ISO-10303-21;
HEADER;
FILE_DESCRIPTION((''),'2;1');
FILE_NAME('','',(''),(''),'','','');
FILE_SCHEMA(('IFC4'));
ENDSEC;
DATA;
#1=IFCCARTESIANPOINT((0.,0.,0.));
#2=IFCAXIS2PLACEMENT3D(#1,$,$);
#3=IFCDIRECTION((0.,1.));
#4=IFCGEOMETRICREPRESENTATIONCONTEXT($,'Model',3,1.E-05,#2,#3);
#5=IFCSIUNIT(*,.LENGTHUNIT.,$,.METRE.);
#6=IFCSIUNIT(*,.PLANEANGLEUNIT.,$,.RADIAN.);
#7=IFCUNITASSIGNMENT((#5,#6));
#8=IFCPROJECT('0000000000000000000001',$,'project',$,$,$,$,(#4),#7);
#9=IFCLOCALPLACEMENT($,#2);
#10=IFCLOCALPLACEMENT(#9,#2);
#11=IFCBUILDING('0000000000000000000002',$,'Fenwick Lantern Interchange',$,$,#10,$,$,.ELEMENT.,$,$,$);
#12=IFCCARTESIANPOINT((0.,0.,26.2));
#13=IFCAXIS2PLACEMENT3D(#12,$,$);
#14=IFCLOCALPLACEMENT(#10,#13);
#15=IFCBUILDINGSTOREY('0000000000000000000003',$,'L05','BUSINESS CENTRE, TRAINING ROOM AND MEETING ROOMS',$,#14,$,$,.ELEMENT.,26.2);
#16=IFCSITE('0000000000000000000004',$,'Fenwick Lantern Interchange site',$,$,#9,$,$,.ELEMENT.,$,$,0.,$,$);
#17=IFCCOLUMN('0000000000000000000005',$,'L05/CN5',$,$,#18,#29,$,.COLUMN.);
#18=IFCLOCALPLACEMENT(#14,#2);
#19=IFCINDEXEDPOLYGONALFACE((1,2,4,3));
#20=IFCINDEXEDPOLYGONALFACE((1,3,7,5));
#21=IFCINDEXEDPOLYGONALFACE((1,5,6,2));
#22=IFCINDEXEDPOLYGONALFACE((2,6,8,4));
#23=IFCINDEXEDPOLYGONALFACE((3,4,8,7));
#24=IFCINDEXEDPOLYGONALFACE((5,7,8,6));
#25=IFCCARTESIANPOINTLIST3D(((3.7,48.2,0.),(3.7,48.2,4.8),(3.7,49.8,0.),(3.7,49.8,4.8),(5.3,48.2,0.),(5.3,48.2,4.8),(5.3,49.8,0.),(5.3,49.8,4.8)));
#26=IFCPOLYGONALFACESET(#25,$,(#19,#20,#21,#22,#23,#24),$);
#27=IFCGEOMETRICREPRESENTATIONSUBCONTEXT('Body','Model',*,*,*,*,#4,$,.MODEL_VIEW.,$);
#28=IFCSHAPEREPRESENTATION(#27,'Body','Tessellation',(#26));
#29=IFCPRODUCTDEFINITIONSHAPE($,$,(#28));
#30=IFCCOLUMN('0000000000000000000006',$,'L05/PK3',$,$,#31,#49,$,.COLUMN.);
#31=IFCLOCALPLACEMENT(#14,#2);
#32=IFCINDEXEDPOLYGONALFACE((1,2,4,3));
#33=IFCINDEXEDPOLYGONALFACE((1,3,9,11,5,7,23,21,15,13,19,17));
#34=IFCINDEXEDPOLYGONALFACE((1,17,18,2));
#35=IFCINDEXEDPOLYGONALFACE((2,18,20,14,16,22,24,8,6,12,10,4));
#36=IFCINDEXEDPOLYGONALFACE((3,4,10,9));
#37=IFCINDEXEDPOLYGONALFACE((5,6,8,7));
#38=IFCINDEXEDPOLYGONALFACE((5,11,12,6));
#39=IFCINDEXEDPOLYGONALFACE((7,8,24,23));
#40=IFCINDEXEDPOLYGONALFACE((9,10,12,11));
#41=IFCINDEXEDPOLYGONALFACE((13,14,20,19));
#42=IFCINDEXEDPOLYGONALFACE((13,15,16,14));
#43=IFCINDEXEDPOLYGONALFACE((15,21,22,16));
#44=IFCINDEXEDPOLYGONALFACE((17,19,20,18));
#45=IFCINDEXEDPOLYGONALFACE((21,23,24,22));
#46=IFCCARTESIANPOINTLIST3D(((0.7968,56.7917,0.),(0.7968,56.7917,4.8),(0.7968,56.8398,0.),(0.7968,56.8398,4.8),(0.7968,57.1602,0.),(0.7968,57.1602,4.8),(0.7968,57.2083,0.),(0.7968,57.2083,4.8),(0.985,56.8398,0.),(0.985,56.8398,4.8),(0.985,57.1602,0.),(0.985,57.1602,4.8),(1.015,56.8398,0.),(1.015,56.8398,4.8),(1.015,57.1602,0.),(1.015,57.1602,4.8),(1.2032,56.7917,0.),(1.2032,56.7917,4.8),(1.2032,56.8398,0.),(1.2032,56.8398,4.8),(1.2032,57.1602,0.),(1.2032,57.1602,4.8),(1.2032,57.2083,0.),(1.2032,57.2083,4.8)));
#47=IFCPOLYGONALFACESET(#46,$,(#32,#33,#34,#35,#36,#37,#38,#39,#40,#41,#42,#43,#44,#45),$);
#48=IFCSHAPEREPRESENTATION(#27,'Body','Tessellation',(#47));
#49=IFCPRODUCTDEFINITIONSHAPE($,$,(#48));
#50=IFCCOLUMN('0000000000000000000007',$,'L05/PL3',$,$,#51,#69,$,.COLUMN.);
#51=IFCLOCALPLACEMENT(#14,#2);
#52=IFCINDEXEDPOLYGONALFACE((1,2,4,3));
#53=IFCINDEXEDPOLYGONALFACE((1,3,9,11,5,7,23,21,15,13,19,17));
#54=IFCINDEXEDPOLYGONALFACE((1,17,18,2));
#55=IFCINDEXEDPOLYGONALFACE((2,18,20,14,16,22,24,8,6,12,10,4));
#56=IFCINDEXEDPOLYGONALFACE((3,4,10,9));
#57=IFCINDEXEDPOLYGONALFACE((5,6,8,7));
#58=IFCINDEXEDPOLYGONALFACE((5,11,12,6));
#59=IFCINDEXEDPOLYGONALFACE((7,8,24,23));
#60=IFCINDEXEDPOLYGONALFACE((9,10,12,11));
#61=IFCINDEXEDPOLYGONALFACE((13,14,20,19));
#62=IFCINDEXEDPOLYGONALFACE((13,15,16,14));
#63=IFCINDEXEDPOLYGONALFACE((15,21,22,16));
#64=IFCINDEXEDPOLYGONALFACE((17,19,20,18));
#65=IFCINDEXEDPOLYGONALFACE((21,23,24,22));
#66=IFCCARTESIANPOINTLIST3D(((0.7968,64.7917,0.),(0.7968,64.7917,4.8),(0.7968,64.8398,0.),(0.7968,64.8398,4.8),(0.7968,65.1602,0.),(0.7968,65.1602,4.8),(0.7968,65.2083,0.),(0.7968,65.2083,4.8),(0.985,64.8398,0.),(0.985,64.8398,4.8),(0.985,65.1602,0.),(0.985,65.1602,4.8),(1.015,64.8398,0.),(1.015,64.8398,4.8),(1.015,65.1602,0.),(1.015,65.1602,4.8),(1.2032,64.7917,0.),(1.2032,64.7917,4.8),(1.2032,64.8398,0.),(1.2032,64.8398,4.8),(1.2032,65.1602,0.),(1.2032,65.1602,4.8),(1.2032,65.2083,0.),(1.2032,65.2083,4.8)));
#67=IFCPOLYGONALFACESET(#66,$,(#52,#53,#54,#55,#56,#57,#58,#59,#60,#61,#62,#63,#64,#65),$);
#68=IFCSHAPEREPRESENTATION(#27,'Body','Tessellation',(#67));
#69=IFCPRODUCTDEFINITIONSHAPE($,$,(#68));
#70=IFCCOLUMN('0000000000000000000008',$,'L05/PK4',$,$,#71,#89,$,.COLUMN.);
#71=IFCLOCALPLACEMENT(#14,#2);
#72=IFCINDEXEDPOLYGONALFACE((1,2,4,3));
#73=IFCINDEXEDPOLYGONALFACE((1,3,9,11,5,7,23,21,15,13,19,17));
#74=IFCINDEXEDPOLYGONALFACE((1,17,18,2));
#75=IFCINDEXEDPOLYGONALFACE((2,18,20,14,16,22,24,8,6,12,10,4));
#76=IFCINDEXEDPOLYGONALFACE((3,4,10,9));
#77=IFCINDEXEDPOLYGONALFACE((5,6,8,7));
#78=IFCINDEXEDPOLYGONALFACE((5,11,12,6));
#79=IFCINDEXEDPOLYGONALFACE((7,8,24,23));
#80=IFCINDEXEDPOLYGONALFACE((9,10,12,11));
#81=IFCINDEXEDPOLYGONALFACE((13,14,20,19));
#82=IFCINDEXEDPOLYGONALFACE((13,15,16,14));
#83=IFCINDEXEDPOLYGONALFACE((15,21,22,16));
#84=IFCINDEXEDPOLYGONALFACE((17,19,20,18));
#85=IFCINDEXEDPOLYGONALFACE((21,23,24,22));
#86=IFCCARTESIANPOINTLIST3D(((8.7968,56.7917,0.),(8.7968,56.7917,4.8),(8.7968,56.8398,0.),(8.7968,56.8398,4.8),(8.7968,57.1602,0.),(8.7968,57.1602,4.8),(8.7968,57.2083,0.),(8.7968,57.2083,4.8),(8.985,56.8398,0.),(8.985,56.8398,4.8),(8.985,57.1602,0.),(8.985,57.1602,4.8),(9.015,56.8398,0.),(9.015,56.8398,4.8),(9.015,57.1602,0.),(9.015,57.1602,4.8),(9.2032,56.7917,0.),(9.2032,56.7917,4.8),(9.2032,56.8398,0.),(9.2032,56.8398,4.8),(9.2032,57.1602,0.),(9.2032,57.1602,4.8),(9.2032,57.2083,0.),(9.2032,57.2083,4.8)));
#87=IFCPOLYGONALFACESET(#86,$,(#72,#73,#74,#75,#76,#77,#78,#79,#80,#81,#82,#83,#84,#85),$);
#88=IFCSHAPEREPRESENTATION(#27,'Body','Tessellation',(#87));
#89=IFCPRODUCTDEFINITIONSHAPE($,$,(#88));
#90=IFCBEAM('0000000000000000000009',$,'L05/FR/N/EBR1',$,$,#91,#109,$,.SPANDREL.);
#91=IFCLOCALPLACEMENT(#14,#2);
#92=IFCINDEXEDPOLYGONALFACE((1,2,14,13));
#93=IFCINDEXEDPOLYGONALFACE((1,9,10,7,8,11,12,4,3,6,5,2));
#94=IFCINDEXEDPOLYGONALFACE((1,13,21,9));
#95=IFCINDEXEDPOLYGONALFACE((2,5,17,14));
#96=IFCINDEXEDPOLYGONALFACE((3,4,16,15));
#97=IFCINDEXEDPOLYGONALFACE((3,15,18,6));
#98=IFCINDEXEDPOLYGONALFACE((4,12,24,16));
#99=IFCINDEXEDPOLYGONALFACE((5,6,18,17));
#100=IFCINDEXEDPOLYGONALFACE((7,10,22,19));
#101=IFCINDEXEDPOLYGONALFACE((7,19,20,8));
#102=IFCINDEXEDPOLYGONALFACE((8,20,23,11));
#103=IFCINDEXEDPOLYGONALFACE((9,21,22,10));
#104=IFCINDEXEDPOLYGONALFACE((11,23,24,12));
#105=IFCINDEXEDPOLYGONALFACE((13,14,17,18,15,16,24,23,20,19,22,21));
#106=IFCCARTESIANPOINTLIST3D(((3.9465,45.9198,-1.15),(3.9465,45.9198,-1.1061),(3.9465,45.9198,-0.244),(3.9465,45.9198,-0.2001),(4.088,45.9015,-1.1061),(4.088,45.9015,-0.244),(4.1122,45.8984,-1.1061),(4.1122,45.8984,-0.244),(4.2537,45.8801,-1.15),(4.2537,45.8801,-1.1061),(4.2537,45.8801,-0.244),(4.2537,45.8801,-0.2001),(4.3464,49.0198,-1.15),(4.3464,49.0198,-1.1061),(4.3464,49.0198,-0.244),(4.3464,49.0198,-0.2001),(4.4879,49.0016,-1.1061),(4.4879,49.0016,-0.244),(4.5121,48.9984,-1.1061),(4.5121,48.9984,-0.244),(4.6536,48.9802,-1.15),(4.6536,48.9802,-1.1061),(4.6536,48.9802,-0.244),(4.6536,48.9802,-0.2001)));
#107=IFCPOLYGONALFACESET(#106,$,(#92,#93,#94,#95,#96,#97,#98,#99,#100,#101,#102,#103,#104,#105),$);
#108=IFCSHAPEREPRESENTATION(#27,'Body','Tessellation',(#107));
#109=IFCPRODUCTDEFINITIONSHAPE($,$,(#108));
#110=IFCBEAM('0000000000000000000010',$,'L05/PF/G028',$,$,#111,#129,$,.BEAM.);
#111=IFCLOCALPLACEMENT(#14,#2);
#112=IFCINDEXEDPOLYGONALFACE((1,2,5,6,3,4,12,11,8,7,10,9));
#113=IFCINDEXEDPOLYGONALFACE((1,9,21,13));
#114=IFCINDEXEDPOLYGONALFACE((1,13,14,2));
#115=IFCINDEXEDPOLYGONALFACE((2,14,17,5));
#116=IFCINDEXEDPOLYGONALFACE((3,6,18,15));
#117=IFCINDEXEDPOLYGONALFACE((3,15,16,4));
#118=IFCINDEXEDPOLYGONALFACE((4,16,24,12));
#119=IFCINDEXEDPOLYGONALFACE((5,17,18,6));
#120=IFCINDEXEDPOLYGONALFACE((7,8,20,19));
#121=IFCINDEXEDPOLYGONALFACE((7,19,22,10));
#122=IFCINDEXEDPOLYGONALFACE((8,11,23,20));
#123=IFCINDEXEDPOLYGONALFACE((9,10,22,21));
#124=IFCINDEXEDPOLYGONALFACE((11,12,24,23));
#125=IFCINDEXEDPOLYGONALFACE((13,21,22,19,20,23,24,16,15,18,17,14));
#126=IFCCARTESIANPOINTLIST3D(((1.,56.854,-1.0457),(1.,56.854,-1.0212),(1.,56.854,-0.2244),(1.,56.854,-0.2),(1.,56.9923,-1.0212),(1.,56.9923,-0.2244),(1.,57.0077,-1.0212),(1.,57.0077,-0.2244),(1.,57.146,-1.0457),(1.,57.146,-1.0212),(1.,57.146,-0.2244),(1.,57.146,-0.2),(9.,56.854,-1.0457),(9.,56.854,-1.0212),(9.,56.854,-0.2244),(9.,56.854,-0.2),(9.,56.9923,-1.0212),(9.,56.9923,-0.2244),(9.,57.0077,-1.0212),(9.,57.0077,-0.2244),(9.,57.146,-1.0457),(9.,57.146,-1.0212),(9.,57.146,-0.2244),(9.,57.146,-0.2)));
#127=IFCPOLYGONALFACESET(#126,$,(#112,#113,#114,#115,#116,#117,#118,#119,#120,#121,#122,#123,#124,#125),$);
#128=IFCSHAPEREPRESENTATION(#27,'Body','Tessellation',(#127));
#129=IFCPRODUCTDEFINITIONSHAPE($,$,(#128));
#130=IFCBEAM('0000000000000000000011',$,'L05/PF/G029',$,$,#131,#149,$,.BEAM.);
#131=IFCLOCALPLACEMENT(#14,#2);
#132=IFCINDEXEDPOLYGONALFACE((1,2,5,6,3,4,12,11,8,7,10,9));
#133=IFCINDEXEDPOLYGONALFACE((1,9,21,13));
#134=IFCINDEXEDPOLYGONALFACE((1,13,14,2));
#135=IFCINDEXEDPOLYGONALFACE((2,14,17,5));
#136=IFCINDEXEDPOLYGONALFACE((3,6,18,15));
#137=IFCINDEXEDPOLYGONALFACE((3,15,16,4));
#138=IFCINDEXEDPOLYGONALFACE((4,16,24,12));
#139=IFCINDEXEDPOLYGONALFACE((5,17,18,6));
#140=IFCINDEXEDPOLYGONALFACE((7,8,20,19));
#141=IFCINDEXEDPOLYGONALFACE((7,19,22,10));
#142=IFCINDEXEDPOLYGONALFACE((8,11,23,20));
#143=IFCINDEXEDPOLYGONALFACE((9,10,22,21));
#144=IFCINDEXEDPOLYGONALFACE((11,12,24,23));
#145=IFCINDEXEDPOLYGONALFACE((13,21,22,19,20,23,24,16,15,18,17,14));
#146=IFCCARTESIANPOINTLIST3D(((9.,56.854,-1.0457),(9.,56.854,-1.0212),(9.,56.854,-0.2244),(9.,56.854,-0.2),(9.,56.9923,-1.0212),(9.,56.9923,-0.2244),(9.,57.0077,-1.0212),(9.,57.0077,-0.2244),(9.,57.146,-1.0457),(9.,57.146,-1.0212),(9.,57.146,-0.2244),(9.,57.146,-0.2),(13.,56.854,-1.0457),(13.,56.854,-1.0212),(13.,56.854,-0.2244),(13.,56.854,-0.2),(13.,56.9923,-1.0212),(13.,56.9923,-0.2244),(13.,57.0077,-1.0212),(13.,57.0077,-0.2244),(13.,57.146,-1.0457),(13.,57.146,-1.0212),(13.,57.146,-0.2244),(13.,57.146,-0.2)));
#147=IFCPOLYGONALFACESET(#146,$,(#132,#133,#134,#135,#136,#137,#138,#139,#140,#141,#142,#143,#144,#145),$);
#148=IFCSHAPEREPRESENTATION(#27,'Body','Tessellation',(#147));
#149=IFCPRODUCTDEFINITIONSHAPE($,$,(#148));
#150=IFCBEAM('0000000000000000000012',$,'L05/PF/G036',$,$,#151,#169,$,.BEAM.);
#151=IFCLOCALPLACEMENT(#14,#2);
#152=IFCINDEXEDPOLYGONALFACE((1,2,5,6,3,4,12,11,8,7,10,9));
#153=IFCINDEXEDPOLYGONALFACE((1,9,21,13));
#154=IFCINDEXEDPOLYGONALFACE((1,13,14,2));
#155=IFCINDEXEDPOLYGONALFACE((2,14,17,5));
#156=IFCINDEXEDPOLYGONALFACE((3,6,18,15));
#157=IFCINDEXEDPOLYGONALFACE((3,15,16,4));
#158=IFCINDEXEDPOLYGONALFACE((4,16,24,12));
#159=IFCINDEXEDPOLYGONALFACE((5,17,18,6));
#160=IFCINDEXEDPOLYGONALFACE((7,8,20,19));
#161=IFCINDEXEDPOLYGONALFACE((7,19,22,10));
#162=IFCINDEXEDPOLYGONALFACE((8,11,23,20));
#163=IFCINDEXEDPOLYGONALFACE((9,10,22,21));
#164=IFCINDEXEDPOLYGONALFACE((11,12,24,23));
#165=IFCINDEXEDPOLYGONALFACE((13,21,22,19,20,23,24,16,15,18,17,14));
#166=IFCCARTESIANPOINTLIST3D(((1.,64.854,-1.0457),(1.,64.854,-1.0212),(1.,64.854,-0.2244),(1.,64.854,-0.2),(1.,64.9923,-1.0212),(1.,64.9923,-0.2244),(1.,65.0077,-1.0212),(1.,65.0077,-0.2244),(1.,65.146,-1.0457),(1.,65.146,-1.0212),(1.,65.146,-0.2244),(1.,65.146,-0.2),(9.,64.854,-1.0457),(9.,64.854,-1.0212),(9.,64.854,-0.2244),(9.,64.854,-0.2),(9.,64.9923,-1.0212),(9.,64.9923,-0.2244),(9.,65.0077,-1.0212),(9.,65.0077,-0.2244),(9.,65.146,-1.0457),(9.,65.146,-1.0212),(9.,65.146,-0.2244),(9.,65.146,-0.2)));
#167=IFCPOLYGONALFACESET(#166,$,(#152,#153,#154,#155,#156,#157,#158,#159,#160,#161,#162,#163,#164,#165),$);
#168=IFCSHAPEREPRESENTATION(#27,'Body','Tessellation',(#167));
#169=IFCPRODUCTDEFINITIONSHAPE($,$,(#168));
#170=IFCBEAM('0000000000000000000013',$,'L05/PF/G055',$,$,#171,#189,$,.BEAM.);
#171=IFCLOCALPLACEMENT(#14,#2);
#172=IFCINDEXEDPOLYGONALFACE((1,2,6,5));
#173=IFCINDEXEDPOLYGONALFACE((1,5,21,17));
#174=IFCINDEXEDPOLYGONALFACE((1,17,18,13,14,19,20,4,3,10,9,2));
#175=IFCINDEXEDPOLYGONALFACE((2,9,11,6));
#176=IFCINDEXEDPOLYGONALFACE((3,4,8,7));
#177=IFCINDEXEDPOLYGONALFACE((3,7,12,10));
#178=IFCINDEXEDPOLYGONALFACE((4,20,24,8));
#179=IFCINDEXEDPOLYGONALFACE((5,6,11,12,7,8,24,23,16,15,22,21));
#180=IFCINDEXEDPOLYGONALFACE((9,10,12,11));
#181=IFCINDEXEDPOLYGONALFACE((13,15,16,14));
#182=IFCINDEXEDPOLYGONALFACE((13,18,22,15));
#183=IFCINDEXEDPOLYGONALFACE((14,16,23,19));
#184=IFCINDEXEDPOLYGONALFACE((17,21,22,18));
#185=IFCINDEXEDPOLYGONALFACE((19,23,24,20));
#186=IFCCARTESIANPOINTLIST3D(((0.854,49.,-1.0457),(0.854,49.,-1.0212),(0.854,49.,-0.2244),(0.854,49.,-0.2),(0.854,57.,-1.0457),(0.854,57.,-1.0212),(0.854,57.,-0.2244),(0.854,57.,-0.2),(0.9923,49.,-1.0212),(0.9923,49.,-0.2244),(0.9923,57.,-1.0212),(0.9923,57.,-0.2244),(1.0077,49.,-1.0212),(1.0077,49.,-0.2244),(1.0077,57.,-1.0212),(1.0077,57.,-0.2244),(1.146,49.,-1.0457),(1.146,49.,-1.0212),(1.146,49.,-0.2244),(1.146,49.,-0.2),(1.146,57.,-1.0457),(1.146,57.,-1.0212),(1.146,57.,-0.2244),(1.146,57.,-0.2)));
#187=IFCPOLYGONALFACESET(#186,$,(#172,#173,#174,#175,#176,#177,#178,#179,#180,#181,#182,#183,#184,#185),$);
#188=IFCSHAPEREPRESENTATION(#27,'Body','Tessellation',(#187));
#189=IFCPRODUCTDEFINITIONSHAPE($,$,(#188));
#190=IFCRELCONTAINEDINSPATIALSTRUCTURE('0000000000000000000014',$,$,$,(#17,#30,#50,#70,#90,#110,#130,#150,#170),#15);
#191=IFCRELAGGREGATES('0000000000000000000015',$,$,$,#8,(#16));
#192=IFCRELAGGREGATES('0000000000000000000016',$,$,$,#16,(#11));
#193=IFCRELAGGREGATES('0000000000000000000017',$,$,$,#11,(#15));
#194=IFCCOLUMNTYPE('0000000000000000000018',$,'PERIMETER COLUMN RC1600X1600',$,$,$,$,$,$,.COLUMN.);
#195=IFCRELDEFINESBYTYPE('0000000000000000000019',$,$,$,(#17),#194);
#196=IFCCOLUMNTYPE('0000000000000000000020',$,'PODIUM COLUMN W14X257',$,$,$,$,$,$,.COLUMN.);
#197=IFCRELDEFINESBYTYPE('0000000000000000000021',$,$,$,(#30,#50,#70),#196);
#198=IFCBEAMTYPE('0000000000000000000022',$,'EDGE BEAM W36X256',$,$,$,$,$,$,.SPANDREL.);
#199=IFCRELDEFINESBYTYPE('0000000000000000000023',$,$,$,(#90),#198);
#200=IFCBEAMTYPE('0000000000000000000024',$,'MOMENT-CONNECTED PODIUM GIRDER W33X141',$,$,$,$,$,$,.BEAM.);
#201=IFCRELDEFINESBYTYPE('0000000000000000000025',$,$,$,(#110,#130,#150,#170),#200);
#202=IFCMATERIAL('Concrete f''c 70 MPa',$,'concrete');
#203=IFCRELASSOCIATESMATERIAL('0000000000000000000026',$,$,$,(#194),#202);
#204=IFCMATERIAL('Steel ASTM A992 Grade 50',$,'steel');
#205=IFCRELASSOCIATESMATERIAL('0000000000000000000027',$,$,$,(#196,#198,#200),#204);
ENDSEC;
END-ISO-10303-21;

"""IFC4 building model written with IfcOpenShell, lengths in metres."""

from ifc_helpers import new_model, si_unit, direction, frame, origin, origin_2d, place, context, subcontext, project, spatial, rectangle, i_section, extrude, material, material_profile, profile_set, type_object, element, save


model = new_model("IFC4")

# Units and contexts
model_context = context("Model", 3, precision=1e-05, world=origin(), true_north=direction((0.0, 1.0)))
body_context = subcontext(model_context, "Body", "Model", "MODEL_VIEW")
ifc_project = project(units=[si_unit("LENGTHUNIT", "METRE"), si_unit("PLANEANGLEUNIT", "RADIAN")], contexts=[model_context])

# Site, building, storey
site_placement = place(None, origin())
site = spatial("IfcSite", under=ifc_project, at=site_placement, Name="Fenwick Lantern Interchange site", CompositionType="ELEMENT", RefElevation=0.0)
building_placement = place(site_placement, origin())
building = spatial("IfcBuilding", under=site, at=building_placement, Name="Fenwick Lantern Interchange", CompositionType="ELEMENT")
storey_placement = place(building_placement, frame((0.0, 0.0, 26.2)))
storey = spatial("IfcBuildingStorey", under=building, at=storey_placement, Name="L05", Description="BUSINESS CENTRE, TRAINING ROOM AND MEETING ROOMS", CompositionType="ELEMENT", Elevation=26.2)

# Columns
ifc_material_1 = material(Name="Concrete f'c 70 MPa", Category="concrete")
ifc_material_profile_1 = material_profile(ifc_material_1, rectangle(XDim=1.6001, YDim=1.6001, at=origin_2d()), Name="RC1600X1600")
ifc_profile_set_1 = profile_set([ifc_material_profile_1], Name="Concrete f'c 70 MPa")
column_type_1 = type_object("IfcColumnType", Name="PERIMETER COLUMN RC1600X1600", PredefinedType="COLUMN", material=ifc_profile_set_1)
column_placement = place(storey_placement, frame((4.5, 49.0, 0.0), z_axis=(0.0, 0.0, 1.0), x_axis=(1.0, 0.0, 0.0)))
element("IfcColumn", 1, at=column_placement, inside=storey, type_object=column_type_1, Name="L05/CN5", PredefinedType="COLUMN", context=body_context, shape_type="SweptSolid", body=[
    extrude(rectangle(XDim=1.6001, YDim=1.6001, at=origin_2d()), origin(), (0.0, 0.0, 1.0), 4.8),
])
ifc_material_2 = material(Name="Steel ASTM A992 Grade 50", Category="steel")
ifc_material_profile_2 = material_profile(ifc_material_2, i_section(OverallWidth=0.4065, OverallDepth=0.4165, WebThickness=0.03, FlangeThickness=0.0481, at=origin_2d()), Name="W14X257")
ifc_profile_set_2 = profile_set([ifc_material_profile_2], Name="Steel ASTM A992 Grade 50")
column_type_2 = type_object("IfcColumnType", Name="PODIUM COLUMN W14X257", PredefinedType="COLUMN", material=ifc_profile_set_2)
for number, where, z_axis, x_axis, name in (
    (2, (1.0, 57.0, 0.0), (0.0, 0.0, 1.0), (1.0, 0.0, 0.0), "L05/PK3"),
    (3, (1.0, 65.0, 0.0), (0.0, 0.0, 1.0), (1.0, 0.0, 0.0), "L05/PL3"),
    (4, (9.0, 57.0, 0.0), (0.0, 0.0, 1.0), (1.0, 0.0, 0.0), "L05/PK4"),
):
    element("IfcColumn", number, at=place(storey_placement, frame(where, z_axis=z_axis, x_axis=x_axis)), inside=storey, type_object=column_type_2, Name=name, PredefinedType="COLUMN", context=body_context, shape_type="SweptSolid", body=[
        extrude(i_section(OverallWidth=0.4065, OverallDepth=0.4165, WebThickness=0.03, FlangeThickness=0.0481, at=origin_2d()), origin(), (0.0, 0.0, 1.0), 4.8),
    ])

# Beams
ifc_material_profile_3 = material_profile(ifc_material_2, i_section(OverallWidth=0.3098, OverallDepth=0.95, WebThickness=0.0244, FlangeThickness=0.0439, at=origin_2d()), Name="W36X256")
ifc_profile_set_3 = profile_set([ifc_material_profile_3], Name="Steel ASTM A992 Grade 50")
beam_type_1 = type_object("IfcBeamType", Name="EDGE BEAM W36X256", PredefinedType="SPANDREL", material=ifc_profile_set_3)
beam_1_placement = place(storey_placement, frame((4.5, 49.0, -0.675), z_axis=(-0.127937, -0.991782, 0.0), x_axis=(0.991782, -0.127937, 0.0)))
element("IfcBeam", 5, at=beam_1_placement, inside=storey, type_object=beam_type_1, Name="L05/FR/N/EBR1", PredefinedType="SPANDREL", context=body_context, shape_type="SweptSolid", body=[
    extrude(i_section(OverallWidth=0.3098, OverallDepth=0.95, WebThickness=0.0244, FlangeThickness=0.0439, at=origin_2d()), origin(), (0.0, 0.0, 1.0), 3.1257),
])
ifc_material_profile_4 = material_profile(ifc_material_2, i_section(OverallWidth=0.292, OverallDepth=0.8457, WebThickness=0.0154, FlangeThickness=0.0244, at=origin_2d()), Name="W33X141")
ifc_profile_set_4 = profile_set([ifc_material_profile_4], Name="Steel ASTM A992 Grade 50")
beam_type_2 = type_object("IfcBeamType", Name="MOMENT-CONNECTED PODIUM GIRDER W33X141", PredefinedType="BEAM", material=ifc_profile_set_4)
beam_2_placement = place(storey_placement, frame((1.0, 57.0, -0.6228), z_axis=(1.0, 0.0, 0.0), x_axis=(0.0, 1.0, 0.0)))
element("IfcBeam", 6, at=beam_2_placement, inside=storey, type_object=beam_type_2, Name="L05/PF/G028", PredefinedType="BEAM", context=body_context, shape_type="SweptSolid", body=[
    extrude(i_section(OverallWidth=0.292, OverallDepth=0.8457, WebThickness=0.0154, FlangeThickness=0.0244, at=origin_2d()), origin(), (0.0, 0.0, 1.0), 8.0),
])
beam_3_placement = place(storey_placement, frame((9.0, 57.0, -0.6228), z_axis=(1.0, 0.0, 0.0), x_axis=(0.0, 1.0, 0.0)))
element("IfcBeam", 7, at=beam_3_placement, inside=storey, type_object=beam_type_2, Name="L05/PF/G029", PredefinedType="BEAM", context=body_context, shape_type="SweptSolid", body=[
    extrude(i_section(OverallWidth=0.292, OverallDepth=0.8457, WebThickness=0.0154, FlangeThickness=0.0244, at=origin_2d()), origin(), (0.0, 0.0, 1.0), 4.0),
])
for number, where, z_axis, x_axis, name in (
    (8, (1.0, 65.0, -0.6228), (1.0, 0.0, 0.0), (0.0, 1.0, 0.0), "L05/PF/G036"),
    (9, (1.0, 49.0, -0.6228), (0.0, 1.0, 0.0), (-1.0, 0.0, 0.0), "L05/PF/G055"),
):
    element("IfcBeam", number, at=place(storey_placement, frame(where, z_axis=z_axis, x_axis=x_axis)), inside=storey, type_object=beam_type_2, Name=name, PredefinedType="BEAM", context=body_context, shape_type="SweptSolid", body=[
        extrude(i_section(OverallWidth=0.292, OverallDepth=0.8457, WebThickness=0.0154, FlangeThickness=0.0244, at=origin_2d()), origin(), (0.0, 0.0, 1.0), 8.0),
    ])

save(model, "model.ifc")
